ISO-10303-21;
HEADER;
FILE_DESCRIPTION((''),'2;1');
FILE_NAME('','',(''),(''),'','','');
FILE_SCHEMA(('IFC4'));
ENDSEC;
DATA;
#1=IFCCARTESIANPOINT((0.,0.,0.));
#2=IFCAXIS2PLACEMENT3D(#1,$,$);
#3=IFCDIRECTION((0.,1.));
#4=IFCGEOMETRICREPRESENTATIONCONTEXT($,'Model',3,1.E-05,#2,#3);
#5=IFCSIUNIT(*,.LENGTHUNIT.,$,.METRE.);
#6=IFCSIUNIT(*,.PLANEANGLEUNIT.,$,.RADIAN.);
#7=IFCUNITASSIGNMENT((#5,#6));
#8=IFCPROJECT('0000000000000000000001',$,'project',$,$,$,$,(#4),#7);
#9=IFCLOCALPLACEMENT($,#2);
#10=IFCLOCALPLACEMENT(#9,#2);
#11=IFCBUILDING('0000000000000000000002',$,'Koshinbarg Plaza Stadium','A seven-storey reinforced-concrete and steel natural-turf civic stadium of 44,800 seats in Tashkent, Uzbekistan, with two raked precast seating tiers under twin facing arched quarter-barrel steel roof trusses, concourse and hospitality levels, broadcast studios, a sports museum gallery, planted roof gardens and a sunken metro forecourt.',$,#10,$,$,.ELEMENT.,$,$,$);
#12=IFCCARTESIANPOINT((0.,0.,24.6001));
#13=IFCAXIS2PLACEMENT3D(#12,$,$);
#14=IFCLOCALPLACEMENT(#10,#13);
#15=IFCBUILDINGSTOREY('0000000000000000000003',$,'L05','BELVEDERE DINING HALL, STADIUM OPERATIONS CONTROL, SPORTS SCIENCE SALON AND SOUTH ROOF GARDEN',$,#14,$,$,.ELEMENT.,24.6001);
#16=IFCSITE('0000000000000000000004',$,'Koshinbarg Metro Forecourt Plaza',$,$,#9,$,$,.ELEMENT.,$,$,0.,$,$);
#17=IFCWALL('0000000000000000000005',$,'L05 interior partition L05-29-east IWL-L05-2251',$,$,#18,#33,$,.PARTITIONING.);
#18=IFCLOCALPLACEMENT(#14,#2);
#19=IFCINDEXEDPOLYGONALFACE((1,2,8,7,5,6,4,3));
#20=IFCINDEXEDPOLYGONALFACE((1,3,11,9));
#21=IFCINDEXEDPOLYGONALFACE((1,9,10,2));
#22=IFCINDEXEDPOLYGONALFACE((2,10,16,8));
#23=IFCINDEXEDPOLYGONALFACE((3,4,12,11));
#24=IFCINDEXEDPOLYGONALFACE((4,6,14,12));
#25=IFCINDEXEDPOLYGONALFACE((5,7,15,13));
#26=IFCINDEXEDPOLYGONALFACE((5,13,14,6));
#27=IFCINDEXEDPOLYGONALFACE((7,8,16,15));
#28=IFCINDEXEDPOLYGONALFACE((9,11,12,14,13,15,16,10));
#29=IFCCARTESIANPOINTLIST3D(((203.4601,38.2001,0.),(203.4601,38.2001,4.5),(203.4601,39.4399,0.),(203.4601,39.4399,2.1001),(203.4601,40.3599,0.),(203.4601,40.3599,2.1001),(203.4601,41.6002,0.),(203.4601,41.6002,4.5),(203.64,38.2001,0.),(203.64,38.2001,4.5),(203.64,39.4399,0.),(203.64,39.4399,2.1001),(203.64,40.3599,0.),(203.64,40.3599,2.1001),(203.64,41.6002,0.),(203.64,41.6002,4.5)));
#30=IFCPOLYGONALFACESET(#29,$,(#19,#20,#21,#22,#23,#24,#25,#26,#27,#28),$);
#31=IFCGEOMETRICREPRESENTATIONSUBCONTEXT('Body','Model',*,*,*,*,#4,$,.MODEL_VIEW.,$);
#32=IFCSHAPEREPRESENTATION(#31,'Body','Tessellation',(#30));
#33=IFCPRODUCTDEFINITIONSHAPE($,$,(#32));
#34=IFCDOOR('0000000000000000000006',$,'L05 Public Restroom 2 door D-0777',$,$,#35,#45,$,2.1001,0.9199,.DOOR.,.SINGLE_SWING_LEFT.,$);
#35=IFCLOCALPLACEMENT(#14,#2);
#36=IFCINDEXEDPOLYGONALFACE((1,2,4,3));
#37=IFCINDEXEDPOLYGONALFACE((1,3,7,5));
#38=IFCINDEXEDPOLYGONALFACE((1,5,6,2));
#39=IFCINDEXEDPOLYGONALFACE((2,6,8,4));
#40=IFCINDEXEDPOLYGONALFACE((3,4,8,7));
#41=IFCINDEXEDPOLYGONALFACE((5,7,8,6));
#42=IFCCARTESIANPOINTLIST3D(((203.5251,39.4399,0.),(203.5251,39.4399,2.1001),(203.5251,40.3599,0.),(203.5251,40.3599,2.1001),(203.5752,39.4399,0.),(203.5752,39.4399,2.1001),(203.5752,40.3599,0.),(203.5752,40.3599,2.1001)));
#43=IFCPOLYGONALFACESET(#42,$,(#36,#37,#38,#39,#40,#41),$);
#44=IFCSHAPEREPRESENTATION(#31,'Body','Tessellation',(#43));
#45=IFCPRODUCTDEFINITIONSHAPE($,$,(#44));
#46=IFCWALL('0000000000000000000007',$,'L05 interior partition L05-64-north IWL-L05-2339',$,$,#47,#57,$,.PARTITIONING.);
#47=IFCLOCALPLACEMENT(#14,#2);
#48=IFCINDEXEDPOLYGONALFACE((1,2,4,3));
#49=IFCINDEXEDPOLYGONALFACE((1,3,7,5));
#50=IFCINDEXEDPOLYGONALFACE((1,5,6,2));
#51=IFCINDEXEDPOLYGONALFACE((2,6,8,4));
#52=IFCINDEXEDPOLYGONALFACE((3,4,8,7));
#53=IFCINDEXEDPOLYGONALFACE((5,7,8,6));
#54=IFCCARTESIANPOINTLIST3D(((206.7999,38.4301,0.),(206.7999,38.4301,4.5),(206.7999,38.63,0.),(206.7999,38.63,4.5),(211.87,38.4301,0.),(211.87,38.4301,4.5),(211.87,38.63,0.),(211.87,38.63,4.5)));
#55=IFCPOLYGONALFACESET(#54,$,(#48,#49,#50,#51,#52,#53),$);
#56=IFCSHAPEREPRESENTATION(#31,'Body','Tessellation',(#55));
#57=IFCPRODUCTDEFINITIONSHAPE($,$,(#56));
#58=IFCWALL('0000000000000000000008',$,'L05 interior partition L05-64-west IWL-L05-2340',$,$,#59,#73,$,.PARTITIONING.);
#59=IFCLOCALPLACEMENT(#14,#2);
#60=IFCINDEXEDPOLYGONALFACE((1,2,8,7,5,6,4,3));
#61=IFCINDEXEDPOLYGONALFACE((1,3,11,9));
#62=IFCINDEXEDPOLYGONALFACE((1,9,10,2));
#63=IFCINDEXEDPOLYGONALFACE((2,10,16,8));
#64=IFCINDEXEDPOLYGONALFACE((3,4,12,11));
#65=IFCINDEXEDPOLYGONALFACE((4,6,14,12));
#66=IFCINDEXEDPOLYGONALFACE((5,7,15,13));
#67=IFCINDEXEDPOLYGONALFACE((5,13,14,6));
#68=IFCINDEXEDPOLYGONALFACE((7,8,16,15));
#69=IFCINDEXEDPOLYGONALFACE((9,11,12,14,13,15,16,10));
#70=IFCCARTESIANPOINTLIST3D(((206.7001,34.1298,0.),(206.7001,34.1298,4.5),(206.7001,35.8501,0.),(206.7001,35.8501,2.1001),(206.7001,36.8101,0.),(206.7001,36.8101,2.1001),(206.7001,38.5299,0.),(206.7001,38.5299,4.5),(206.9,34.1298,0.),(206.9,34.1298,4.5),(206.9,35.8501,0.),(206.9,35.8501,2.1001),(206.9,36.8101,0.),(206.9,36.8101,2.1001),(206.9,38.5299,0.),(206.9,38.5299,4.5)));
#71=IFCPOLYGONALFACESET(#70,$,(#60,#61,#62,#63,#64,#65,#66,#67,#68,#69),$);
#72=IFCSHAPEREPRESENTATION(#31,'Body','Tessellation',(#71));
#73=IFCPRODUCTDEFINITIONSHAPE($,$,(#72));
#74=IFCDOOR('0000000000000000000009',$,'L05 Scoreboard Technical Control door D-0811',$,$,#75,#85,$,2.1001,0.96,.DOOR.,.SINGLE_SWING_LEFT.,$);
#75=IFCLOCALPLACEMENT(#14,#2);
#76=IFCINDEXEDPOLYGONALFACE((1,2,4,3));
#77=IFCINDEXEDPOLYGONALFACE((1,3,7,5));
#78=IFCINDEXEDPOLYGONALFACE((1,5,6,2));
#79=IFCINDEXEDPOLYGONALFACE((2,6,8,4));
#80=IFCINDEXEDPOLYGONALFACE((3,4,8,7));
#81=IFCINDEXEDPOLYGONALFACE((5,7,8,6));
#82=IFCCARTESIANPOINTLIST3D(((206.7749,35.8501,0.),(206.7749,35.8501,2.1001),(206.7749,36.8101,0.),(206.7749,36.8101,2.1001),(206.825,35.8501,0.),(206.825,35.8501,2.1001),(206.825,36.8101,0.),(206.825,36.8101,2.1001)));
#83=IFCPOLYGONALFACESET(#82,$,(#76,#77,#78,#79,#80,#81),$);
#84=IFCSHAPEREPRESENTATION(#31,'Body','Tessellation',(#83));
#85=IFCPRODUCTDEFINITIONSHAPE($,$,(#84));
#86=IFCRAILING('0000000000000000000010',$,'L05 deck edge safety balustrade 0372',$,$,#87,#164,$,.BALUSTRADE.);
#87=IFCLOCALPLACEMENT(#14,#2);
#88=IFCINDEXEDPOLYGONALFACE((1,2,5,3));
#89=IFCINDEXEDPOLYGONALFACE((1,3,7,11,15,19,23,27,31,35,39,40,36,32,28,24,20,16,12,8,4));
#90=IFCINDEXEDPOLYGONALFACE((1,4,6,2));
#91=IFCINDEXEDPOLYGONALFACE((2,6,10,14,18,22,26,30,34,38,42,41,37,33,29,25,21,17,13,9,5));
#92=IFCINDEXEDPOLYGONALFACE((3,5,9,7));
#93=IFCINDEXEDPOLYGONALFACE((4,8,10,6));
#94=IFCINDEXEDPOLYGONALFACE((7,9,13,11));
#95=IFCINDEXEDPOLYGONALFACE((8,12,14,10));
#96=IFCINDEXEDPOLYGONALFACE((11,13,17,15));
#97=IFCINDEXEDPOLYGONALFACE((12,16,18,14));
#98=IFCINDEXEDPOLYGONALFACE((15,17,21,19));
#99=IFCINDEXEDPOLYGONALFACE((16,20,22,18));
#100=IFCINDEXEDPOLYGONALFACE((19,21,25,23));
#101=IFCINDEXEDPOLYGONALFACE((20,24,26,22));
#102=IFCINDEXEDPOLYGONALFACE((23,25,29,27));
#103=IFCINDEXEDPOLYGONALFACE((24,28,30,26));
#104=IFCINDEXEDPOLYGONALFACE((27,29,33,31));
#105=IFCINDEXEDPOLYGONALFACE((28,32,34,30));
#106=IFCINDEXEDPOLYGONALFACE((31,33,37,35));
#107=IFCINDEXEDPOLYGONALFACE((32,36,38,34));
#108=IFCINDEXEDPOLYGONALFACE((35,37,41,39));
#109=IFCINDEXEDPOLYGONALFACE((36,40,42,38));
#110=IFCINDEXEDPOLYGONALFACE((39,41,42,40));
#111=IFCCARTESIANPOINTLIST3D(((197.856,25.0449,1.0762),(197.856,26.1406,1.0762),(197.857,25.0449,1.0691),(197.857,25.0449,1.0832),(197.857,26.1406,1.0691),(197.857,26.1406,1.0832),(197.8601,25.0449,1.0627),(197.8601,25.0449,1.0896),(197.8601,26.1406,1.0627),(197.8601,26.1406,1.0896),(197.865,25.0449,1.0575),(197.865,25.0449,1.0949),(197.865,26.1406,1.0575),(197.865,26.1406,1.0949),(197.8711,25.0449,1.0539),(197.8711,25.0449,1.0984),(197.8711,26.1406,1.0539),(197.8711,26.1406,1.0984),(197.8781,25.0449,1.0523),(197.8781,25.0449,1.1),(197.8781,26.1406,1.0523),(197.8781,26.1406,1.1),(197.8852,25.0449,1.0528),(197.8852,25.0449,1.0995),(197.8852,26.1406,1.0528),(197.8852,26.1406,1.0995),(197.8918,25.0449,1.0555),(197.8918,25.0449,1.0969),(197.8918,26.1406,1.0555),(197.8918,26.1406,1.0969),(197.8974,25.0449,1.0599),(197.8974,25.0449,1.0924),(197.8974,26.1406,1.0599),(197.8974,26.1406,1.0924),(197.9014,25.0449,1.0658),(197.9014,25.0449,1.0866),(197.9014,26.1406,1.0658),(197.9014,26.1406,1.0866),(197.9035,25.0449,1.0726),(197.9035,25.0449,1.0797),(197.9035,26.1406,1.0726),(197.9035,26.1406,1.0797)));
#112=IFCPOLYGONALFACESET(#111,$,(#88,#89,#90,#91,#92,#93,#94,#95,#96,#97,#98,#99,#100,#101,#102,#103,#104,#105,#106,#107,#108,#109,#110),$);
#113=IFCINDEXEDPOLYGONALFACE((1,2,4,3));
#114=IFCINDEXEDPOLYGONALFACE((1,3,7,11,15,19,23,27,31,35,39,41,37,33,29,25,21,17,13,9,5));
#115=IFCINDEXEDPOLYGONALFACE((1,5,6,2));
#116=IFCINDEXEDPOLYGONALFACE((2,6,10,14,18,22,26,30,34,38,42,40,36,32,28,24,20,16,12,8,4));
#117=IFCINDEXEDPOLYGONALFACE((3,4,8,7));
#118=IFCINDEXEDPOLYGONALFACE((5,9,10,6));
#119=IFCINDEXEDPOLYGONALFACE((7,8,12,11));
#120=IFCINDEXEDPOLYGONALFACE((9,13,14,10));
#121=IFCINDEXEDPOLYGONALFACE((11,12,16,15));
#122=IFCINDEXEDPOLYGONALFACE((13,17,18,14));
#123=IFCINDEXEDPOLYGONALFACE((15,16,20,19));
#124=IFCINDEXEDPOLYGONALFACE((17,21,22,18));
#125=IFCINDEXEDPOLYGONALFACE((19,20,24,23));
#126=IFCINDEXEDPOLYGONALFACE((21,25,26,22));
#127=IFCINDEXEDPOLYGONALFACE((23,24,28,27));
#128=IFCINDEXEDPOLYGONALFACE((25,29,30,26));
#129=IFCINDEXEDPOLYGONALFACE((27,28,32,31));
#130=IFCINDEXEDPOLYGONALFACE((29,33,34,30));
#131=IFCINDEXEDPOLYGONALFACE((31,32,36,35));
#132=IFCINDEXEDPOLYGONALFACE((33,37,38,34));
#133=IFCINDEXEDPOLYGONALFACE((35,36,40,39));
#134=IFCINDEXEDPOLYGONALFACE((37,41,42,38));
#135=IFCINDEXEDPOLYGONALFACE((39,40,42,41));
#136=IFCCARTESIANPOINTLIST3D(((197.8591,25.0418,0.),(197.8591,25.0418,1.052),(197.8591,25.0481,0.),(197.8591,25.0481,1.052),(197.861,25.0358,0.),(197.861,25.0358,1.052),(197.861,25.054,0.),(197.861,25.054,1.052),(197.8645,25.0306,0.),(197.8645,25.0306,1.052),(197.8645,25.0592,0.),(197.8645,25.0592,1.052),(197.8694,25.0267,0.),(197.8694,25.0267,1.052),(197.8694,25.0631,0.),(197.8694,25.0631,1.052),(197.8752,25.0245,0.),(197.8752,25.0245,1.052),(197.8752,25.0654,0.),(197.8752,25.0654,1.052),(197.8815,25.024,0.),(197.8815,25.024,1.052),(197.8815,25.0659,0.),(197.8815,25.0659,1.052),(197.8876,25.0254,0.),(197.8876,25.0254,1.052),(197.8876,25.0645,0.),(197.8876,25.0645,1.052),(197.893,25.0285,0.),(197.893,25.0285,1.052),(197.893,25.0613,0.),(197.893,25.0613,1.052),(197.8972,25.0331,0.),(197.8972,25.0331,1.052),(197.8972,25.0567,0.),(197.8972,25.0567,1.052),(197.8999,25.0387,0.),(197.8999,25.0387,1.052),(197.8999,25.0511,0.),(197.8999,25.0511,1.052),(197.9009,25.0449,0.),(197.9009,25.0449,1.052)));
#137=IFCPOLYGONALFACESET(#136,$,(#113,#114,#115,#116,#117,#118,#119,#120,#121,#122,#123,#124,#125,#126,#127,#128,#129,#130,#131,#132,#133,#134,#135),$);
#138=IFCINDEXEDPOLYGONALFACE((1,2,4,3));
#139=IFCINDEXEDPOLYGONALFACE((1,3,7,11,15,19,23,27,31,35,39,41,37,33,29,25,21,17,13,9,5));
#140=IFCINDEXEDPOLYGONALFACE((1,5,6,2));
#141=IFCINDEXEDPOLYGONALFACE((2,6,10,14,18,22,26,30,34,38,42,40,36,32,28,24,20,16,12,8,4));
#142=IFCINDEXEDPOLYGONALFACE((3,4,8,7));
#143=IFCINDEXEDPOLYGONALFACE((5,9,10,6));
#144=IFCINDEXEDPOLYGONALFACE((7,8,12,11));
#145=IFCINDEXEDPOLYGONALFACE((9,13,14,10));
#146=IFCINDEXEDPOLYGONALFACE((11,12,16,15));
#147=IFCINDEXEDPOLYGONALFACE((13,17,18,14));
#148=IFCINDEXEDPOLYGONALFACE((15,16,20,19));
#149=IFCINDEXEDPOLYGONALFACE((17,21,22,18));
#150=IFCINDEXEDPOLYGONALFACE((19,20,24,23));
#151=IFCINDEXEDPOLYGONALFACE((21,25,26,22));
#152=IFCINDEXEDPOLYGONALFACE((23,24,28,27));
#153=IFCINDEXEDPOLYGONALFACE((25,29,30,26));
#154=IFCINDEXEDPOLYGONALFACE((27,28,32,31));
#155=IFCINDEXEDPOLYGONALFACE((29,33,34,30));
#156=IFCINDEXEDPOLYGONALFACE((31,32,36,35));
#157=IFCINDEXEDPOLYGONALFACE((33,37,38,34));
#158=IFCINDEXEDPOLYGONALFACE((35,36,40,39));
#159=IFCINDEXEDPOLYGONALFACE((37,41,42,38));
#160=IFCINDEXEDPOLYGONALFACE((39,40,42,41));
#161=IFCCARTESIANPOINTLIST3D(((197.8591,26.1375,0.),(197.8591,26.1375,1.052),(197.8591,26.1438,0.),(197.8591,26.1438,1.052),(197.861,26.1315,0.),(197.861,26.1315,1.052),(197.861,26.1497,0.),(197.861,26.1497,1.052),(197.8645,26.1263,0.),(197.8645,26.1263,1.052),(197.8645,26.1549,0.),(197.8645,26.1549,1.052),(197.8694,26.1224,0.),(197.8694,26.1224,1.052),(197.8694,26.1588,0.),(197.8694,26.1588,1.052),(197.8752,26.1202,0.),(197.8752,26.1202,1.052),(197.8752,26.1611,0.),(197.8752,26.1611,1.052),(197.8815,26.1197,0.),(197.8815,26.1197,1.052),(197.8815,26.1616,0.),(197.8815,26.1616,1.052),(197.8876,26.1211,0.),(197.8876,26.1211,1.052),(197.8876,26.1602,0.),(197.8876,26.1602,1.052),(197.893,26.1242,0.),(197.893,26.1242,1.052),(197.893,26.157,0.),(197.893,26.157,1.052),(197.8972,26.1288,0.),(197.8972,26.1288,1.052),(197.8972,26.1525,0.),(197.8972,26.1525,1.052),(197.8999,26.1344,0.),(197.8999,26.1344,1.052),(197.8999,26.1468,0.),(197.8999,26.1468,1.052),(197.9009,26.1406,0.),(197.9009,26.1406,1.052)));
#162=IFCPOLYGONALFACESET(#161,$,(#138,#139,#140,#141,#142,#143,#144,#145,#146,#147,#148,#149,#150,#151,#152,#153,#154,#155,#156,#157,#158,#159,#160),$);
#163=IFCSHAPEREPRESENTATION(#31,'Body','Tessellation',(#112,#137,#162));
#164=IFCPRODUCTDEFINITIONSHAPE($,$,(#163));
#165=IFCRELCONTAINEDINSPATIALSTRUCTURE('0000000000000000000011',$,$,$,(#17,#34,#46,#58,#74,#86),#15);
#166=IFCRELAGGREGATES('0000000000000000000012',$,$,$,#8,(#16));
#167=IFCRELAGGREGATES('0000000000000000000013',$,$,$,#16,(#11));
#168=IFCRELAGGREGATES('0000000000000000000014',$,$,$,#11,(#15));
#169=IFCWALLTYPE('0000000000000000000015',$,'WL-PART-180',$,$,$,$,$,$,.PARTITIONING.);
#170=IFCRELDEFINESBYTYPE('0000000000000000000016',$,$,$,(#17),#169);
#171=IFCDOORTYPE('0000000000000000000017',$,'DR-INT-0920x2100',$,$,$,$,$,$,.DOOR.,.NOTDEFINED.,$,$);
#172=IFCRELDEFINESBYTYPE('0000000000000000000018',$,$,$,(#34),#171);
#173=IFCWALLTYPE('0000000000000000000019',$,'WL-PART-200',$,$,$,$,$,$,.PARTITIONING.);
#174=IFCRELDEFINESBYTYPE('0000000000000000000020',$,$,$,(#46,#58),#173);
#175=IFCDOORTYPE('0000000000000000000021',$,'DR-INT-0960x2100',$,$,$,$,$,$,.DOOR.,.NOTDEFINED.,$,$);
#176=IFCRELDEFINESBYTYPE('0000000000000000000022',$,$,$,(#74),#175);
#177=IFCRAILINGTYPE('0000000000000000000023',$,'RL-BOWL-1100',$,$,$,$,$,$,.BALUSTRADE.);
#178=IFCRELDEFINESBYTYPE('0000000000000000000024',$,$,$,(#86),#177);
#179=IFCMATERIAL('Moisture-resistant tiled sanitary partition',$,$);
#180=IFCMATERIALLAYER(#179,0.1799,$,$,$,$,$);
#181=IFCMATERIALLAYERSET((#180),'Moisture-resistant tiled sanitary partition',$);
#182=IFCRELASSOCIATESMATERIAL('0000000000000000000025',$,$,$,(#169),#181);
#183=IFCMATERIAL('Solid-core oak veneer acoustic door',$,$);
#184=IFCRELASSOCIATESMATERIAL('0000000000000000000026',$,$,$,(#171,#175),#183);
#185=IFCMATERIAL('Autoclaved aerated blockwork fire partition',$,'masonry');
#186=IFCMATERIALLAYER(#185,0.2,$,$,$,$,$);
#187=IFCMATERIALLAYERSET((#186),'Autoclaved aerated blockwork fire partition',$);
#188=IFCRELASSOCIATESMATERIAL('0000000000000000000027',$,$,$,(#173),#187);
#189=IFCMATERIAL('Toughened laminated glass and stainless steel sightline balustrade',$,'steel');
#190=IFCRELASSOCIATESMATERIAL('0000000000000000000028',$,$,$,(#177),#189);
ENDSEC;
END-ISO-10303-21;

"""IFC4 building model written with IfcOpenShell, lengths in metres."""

from ifc_helpers import new_model, si_unit, direction, frame, frame_2d, origin, origin_2d, place, context, subcontext, project, spatial, rectangle, circle, extrude, material, layer, layer_set, type_object, element, fill, save


model = new_model("IFC4")

# Units and contexts
model_context = context("Model", 3, precision=1e-05, world=origin(), true_north=direction((0.0, 1.0)))
body_context = subcontext(model_context, "Body", "Model", "MODEL_VIEW")
ifc_project = project(units=[si_unit("LENGTHUNIT", "METRE"), si_unit("PLANEANGLEUNIT", "RADIAN")], contexts=[model_context])

# Site, building, storey
site_placement = place(None, origin())
site = spatial("IfcSite", under=ifc_project, at=site_placement, Name="Koshinbarg Metro Forecourt Plaza", CompositionType="ELEMENT", RefElevation=0.0)
building_placement = place(site_placement, origin())
building = spatial("IfcBuilding", under=site, at=building_placement, Name="Koshinbarg Plaza Stadium", Description="A seven-storey reinforced-concrete and steel natural-turf civic stadium of 44,800 seats in Tashkent, Uzbekistan, with two raked precast seating tiers under twin facing arched quarter-barrel steel roof trusses, concourse and hospitality levels, broadcast studios, a sports museum gallery, planted roof gardens and a sunken metro forecourt.", CompositionType="ELEMENT")
storey_placement = place(building_placement, frame((0.0, 0.0, 24.6001)))
storey = spatial("IfcBuildingStorey", under=building, at=storey_placement, Name="L05", Description="BELVEDERE DINING HALL, STADIUM OPERATIONS CONTROL, SPORTS SCIENCE SALON AND SOUTH ROOF GARDEN", CompositionType="ELEMENT", Elevation=24.6001)

# Shared definitions
ifc_material_1 = material(Name="Moisture-resistant tiled sanitary partition")
ifc_layer_1 = layer(ifc_material_1, 0.1799)
ifc_layer_set_1 = layer_set([ifc_layer_1], Name="Moisture-resistant tiled sanitary partition")
wall_type_1 = type_object("IfcWallType", Name="WL-PART-180", PredefinedType="PARTITIONING", material=ifc_layer_set_1)

# Wall, opening, door
wall_1_placement = place(storey_placement, frame((203.55, 38.2, 0.0), z_axis=(0.0, 0.0, 1.0), x_axis=(0.0, 1.0, 0.0)))
wall_1 = element("IfcWall", 1, at=wall_1_placement, inside=storey, type_object=wall_type_1, Name="L05 interior partition L05-29-east IWL-L05-2251", PredefinedType="PARTITIONING", context=body_context, shape_type="SweptSolid", body=[
    extrude(rectangle(XDim=3.4001, YDim=0.1799, at=frame_2d((1.7002, 0.0))), origin(), (0.0, 0.0, 1.0), 4.5),
])
opening_1_placement = place(wall_1_placement, frame((1.24, 0.0, 0.0)))
opening_1 = element("IfcOpeningElement", 2, at=opening_1_placement, cuts=wall_1, PredefinedType="OPENING", context=body_context, shape_type="SweptSolid", body=[
    extrude(rectangle(XDim=0.9199, YDim=2.1001, at=frame_2d((0.46, 1.05))), frame((0.0, 0.0999, 0.0), z_axis=(0.0, -1.0, 0.0), x_axis=(1.0, 0.0, 0.0)), (0.0, 0.0, 1.0), 0.2),
])
ifc_material_2 = material(Name="Solid-core oak veneer acoustic door")
door_type_1 = type_object("IfcDoorType", Name="DR-INT-0920x2100", OperationType="NOTDEFINED", PredefinedType="DOOR", material=ifc_material_2)
door_1_placement = place(opening_1_placement, origin())
door_1 = element("IfcDoor", 3, at=door_1_placement, inside=storey, type_object=door_type_1, Name="L05 Public Restroom 2 door D-0777", OperationType="SINGLE_SWING_LEFT", OverallHeight=2.1001, OverallWidth=0.9199, PredefinedType="DOOR", context=body_context, shape_type="SweptSolid", body=[
    extrude(rectangle(XDim=0.9199, YDim=2.1001, at=frame_2d((0.46, 1.05))), frame((0.0, 0.0249, 0.0), z_axis=(0.0, -1.0, 0.0), x_axis=(1.0, 0.0, 0.0)), (0.0, 0.0, 1.0), 0.05),
])
fill(opening_1, door_1)

# Wall
ifc_material_3 = material(Name="Autoclaved aerated blockwork fire partition", Category="masonry")
ifc_layer_2 = layer(ifc_material_3, 0.2)
ifc_layer_set_2 = layer_set([ifc_layer_2], Name="Autoclaved aerated blockwork fire partition")
wall_type_2 = type_object("IfcWallType", Name="WL-PART-200", PredefinedType="PARTITIONING", material=ifc_layer_set_2)
wall_2_placement = place(storey_placement, frame((211.8701, 38.53, 0.0), z_axis=(0.0, 0.0, 1.0), x_axis=(-1.0, 0.0, 0.0)))
element("IfcWall", 4, at=wall_2_placement, inside=storey, type_object=wall_type_2, Name="L05 interior partition L05-64-north IWL-L05-2339", PredefinedType="PARTITIONING", context=body_context, shape_type="SweptSolid", body=[
    extrude(rectangle(XDim=5.0701, YDim=0.2, at=frame_2d((2.5352, 0.0))), origin(), (0.0, 0.0, 1.0), 4.5),
])

# Wall, opening, door
wall_3_placement = place(storey_placement, frame((206.8, 38.53, 0.0), z_axis=(0.0, 0.0, 1.0), x_axis=(0.0, -1.0, 0.0)))
wall_3 = element("IfcWall", 5, at=wall_3_placement, inside=storey, type_object=wall_type_2, Name="L05 interior partition L05-64-west IWL-L05-2340", PredefinedType="PARTITIONING", context=body_context, shape_type="SweptSolid", body=[
    extrude(rectangle(XDim=4.4001, YDim=0.2, at=frame_2d((2.2002, 0.0))), origin(), (0.0, 0.0, 1.0), 4.5),
])
opening_2_placement = place(wall_3_placement, frame((1.72, 0.0, 0.0)))
opening_2 = element("IfcOpeningElement", 6, at=opening_2_placement, cuts=wall_3, PredefinedType="OPENING", context=body_context, shape_type="SweptSolid", body=[
    extrude(rectangle(XDim=0.96, YDim=2.1001, at=frame_2d((0.48, 1.05))), frame((0.0, 0.1099, 0.0), z_axis=(0.0, -1.0, 0.0), x_axis=(1.0, 0.0, 0.0)), (0.0, 0.0, 1.0), 0.22),
])
door_type_2 = type_object("IfcDoorType", Name="DR-INT-0960x2100", OperationType="NOTDEFINED", PredefinedType="DOOR", material=ifc_material_2)
door_2_placement = place(opening_2_placement, origin())
door_2 = element("IfcDoor", 7, at=door_2_placement, inside=storey, type_object=door_type_2, Name="L05 Scoreboard Technical Control door D-0811", OperationType="SINGLE_SWING_LEFT", OverallHeight=2.1001, OverallWidth=0.96, PredefinedType="DOOR", context=body_context, shape_type="SweptSolid", body=[
    extrude(rectangle(XDim=0.96, YDim=2.1001, at=frame_2d((0.48, 1.05))), frame((0.0, 0.0249, 0.0), z_axis=(0.0, -1.0, 0.0), x_axis=(1.0, 0.0, 0.0)), (0.0, 0.0, 1.0), 0.05),
])
fill(opening_2, door_2)

# Railing
ifc_material_4 = material(Name="Toughened laminated glass and stainless steel sightline balustrade", Category="steel")
railing_type = type_object("IfcRailingType", Name="RL-BOWL-1100", PredefinedType="BALUSTRADE", material=ifc_material_4)
railing_1_placement = place(storey_placement, frame((197.8799, 25.0449, 0.0)))
element("IfcRailing", 8, at=railing_1_placement, inside=storey, type_object=railing_type, Name="L05 deck edge safety balustrade 0372", PredefinedType="BALUSTRADE", context=body_context, shape_type="SweptSolid", body=[
    extrude(circle(Radius=0.0239, at=origin_2d()), frame((0.0, 0.0, 1.0762), z_axis=(0.0, 1.0, 0.0), x_axis=(-1.0, 0.0, 0.0)), (0.0, 0.0, 1.0), 1.0957),
    extrude(circle(Radius=0.021, at=origin_2d()), origin(), (0.0, 0.0, 1.0), 1.052),
    extrude(circle(Radius=0.021, at=origin_2d()), frame((0.0, 1.0957, 0.0)), (0.0, 0.0, 1.0), 1.052),
])

save(model, "model.ifc")
